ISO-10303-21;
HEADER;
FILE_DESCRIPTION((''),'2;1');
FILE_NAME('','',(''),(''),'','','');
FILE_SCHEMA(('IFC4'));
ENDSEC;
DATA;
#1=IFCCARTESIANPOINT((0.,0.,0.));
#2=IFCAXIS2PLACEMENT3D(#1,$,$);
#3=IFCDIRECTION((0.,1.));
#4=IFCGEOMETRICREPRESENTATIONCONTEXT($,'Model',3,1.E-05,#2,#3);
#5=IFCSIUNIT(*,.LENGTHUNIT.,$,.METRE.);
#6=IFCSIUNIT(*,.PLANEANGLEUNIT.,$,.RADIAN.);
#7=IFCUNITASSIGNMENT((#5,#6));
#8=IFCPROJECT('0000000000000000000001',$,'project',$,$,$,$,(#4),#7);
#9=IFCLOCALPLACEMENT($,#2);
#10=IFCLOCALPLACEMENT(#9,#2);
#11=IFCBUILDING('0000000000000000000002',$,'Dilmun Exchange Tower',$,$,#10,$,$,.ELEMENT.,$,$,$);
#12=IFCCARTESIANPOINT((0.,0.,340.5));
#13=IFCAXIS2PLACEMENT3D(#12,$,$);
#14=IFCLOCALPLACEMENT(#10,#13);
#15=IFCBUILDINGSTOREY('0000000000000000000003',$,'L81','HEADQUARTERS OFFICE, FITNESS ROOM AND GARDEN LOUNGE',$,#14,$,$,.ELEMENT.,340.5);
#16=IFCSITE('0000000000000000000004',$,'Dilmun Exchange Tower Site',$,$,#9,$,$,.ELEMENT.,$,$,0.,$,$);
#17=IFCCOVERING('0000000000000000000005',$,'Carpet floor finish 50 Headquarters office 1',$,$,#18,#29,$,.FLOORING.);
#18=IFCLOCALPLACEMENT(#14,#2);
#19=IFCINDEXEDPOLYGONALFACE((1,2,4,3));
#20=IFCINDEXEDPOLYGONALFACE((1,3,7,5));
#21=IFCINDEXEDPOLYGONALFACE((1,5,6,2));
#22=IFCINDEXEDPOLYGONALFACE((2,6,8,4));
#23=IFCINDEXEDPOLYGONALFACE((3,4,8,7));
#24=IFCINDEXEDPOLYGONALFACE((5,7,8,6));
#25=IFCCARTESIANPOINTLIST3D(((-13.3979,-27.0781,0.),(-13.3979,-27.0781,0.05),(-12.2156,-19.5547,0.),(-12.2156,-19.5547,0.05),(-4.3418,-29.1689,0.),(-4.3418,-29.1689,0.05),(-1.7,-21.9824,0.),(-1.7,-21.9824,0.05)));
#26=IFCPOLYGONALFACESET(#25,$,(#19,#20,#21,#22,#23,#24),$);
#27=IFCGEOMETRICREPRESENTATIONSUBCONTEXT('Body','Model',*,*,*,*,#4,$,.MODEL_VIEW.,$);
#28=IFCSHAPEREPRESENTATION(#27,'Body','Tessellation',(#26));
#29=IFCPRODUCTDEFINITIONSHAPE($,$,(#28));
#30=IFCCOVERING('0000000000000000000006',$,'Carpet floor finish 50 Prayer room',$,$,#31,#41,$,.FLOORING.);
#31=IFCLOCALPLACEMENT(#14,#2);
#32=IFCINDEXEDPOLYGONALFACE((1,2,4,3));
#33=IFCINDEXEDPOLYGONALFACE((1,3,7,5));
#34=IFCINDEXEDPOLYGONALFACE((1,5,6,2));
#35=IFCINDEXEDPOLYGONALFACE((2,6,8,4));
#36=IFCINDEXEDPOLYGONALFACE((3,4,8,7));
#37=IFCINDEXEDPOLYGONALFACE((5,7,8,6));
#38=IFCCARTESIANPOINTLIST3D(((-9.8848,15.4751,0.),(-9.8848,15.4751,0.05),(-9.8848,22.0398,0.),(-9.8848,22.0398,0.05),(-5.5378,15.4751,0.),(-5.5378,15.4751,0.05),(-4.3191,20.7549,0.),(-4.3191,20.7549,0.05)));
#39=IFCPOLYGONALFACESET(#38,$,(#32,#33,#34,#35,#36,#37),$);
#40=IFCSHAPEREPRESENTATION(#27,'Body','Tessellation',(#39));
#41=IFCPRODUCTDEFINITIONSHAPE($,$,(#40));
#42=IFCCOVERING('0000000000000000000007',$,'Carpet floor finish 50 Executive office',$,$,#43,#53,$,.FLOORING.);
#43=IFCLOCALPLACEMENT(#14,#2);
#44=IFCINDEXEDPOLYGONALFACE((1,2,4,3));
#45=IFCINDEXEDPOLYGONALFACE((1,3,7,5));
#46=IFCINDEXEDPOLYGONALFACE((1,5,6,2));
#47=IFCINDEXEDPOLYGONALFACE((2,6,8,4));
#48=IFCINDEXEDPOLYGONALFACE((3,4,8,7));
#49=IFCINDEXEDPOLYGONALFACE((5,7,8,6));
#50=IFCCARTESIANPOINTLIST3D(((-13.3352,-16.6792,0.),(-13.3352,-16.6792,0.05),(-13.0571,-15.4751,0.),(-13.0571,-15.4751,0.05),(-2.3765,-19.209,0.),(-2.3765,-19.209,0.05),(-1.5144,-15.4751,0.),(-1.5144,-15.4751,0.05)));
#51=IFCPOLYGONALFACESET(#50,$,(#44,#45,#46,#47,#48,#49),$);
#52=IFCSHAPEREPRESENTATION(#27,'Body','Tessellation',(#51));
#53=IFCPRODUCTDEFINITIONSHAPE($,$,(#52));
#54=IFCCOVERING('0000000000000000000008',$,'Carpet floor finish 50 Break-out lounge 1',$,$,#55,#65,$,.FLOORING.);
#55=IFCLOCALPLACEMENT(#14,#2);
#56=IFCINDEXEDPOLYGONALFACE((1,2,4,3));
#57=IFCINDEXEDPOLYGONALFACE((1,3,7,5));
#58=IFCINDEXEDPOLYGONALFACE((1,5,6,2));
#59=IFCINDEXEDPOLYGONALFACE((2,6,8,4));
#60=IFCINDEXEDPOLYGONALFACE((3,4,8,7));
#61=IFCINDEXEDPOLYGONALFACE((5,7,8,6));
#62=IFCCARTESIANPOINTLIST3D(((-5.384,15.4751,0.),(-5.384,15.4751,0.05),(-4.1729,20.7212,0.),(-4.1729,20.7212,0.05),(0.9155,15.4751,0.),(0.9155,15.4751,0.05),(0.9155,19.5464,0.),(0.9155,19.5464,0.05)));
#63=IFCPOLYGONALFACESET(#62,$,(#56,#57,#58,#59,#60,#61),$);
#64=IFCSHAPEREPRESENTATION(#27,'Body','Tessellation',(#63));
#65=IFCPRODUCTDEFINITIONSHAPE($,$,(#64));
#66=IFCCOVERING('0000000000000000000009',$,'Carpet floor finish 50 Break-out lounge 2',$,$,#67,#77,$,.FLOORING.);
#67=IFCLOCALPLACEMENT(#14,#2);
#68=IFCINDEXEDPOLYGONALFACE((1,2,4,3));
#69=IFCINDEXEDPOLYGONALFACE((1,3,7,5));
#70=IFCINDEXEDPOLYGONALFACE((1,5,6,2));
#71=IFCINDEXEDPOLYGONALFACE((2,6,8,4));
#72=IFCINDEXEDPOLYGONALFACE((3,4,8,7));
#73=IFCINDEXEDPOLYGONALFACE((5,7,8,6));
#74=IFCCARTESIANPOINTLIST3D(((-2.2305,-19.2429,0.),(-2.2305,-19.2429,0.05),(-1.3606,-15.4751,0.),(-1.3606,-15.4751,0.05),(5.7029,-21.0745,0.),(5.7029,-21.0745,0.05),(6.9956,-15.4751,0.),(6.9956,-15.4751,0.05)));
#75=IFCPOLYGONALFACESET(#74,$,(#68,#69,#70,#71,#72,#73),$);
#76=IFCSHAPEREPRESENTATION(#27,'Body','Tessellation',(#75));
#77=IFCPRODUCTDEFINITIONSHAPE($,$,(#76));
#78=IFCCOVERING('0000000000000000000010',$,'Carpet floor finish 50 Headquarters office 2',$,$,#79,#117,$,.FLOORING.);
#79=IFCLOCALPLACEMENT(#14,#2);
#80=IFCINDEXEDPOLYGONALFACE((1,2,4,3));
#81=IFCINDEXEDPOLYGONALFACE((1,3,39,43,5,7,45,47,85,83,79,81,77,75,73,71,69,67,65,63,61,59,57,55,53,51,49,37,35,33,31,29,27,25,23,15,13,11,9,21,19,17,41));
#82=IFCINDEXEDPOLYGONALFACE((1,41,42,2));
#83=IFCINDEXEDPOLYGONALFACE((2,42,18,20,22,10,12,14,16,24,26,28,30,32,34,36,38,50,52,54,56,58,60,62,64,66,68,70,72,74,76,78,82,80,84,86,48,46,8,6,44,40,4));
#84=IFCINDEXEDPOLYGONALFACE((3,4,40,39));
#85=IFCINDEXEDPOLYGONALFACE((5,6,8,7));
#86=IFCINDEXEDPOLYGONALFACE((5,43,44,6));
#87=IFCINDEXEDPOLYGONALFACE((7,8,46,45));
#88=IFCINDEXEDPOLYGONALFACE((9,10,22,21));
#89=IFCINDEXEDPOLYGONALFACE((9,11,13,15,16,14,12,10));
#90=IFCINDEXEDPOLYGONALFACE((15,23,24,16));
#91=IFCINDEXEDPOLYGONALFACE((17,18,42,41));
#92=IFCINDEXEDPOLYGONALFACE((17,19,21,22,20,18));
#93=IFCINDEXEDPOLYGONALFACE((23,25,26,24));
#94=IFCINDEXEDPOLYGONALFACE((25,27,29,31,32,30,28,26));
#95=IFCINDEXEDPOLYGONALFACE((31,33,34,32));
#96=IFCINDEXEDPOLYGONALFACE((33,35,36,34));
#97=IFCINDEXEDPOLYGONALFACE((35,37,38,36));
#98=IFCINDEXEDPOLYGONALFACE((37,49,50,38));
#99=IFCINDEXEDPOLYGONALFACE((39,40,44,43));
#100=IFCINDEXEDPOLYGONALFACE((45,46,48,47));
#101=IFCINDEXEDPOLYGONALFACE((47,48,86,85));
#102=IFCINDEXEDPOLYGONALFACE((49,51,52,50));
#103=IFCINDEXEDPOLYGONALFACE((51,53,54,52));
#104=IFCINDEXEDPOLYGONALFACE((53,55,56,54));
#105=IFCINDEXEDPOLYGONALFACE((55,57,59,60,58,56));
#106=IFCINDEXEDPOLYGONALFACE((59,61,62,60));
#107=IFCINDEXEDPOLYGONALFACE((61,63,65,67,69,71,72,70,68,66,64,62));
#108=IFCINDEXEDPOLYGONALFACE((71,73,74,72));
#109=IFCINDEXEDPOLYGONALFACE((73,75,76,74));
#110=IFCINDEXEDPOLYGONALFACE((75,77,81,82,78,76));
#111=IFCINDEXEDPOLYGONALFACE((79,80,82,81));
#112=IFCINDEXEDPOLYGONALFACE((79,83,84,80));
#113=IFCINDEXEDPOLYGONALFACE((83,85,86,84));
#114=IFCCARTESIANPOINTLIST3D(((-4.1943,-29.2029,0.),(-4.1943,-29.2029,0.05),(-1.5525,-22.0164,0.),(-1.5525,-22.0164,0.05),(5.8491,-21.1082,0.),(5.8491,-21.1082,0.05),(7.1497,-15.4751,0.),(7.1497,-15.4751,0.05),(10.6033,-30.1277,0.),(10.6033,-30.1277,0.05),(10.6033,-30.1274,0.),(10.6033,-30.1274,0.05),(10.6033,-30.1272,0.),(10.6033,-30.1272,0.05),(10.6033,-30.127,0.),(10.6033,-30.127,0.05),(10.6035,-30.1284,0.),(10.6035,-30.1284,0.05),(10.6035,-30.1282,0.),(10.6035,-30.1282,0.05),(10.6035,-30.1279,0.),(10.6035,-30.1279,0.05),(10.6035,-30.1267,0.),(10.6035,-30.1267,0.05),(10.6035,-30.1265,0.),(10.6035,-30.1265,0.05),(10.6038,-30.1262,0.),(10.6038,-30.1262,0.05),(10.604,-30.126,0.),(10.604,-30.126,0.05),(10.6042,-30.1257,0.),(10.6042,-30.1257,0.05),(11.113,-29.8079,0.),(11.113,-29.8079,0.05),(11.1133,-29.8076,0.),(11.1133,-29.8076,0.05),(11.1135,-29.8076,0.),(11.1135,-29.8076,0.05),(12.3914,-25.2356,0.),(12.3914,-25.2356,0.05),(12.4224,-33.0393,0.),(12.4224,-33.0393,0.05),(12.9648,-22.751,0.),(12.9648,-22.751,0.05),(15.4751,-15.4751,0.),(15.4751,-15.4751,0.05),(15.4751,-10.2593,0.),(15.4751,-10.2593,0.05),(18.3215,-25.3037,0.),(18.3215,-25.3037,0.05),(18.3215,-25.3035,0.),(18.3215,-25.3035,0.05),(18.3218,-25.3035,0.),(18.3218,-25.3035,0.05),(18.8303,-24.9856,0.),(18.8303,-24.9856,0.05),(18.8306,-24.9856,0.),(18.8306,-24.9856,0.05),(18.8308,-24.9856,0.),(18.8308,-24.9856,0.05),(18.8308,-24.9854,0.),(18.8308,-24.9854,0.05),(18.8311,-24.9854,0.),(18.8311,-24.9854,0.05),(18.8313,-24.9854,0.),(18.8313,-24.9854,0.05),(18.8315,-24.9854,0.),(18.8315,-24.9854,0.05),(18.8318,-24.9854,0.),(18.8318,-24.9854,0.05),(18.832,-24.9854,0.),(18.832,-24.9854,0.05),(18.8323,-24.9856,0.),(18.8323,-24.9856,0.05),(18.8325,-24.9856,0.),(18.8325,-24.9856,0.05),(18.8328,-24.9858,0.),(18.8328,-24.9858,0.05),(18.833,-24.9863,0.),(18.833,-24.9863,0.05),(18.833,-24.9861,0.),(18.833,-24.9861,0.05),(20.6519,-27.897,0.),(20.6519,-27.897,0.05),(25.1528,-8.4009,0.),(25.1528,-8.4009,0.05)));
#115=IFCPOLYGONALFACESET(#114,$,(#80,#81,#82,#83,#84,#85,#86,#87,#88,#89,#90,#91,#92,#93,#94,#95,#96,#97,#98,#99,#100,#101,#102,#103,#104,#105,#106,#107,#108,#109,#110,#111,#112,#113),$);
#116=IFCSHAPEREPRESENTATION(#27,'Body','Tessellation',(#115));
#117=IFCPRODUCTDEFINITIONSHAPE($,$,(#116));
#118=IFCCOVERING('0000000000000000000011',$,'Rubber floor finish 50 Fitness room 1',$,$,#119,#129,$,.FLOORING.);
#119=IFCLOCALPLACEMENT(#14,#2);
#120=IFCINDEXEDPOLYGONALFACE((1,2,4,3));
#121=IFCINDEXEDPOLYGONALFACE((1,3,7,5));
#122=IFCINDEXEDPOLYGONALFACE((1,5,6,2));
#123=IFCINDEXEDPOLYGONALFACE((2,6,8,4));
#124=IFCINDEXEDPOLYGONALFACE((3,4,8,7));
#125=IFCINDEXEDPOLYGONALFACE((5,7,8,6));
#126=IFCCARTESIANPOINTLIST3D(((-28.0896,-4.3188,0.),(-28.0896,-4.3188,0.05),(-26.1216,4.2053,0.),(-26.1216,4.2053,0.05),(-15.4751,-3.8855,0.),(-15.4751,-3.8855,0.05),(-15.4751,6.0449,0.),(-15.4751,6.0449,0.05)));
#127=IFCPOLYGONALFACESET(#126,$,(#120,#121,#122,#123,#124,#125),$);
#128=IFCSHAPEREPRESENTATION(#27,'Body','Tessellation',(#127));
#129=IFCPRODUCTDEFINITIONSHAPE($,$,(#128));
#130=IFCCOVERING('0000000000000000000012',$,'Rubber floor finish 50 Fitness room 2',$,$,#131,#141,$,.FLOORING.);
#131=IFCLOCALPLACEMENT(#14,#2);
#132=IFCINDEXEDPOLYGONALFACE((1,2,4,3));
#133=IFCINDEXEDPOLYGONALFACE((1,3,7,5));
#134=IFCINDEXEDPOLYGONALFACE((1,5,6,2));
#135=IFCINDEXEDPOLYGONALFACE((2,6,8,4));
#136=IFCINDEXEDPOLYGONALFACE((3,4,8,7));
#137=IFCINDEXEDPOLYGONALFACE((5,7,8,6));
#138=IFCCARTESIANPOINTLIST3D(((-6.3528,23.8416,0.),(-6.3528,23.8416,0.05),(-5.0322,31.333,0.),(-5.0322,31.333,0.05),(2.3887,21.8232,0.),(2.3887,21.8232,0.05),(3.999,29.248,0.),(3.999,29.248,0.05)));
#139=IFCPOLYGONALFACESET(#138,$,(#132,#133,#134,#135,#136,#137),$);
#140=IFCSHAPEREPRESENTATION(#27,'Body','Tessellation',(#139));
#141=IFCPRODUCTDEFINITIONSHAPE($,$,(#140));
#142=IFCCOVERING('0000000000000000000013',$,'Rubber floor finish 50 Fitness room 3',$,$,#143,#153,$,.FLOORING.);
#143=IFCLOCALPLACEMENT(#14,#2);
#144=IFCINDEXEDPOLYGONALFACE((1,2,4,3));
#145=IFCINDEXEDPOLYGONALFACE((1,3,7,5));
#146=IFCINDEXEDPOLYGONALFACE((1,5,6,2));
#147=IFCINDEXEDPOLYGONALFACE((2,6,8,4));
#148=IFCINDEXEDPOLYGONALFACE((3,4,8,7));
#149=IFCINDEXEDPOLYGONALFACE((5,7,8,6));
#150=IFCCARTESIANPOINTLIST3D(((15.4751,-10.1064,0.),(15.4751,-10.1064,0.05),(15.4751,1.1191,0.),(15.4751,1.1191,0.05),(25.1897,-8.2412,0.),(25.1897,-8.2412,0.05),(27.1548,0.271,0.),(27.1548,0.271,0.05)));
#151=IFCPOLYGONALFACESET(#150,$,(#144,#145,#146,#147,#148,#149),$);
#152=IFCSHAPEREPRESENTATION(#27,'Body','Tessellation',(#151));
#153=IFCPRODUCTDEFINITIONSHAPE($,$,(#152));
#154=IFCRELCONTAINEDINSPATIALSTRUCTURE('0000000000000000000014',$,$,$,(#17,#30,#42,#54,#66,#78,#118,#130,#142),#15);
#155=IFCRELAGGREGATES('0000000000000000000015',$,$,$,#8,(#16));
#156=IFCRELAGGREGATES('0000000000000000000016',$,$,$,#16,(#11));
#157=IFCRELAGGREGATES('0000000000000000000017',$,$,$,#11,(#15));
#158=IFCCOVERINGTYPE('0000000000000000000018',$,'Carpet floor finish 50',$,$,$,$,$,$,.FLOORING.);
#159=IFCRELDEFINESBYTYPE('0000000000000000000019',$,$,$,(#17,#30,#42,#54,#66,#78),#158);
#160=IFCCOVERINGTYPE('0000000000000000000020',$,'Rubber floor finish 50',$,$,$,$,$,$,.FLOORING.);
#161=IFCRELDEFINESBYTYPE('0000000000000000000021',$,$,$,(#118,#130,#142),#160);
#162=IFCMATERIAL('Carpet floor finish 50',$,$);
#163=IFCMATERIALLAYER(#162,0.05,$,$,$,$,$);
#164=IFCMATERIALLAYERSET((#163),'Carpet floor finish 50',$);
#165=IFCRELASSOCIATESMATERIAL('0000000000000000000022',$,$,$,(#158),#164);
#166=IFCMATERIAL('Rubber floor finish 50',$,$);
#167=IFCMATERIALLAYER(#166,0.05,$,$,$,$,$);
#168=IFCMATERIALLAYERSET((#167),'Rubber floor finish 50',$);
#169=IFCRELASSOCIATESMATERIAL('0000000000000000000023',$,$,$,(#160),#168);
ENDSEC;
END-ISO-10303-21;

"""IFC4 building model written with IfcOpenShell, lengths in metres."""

from ifc_helpers import new_model, si_unit, direction, frame, origin, place, context, subcontext, project, spatial, polyline, outline, extrude, material, layer, layer_set, type_object, element, save


model = new_model("IFC4")

# Units and contexts
model_context = context("Model", 3, precision=1e-05, world=origin(), true_north=direction((0.0, 1.0)))
body_context = subcontext(model_context, "Body", "Model", "MODEL_VIEW")
ifc_project = project(units=[si_unit("LENGTHUNIT", "METRE"), si_unit("PLANEANGLEUNIT", "RADIAN")], contexts=[model_context])

# Site, building, storey
site_placement = place(None, origin())
site = spatial("IfcSite", under=ifc_project, at=site_placement, Name="Dilmun Exchange Tower Site", CompositionType="ELEMENT", RefElevation=0.0)
building_placement = place(site_placement, origin())
building = spatial("IfcBuilding", under=site, at=building_placement, Name="Dilmun Exchange Tower", CompositionType="ELEMENT")
storey_placement = place(building_placement, frame((0.0, 0.0, 340.5)))
storey = spatial("IfcBuildingStorey", under=building, at=storey_placement, Name="L81", Description="HEADQUARTERS OFFICE, FITNESS ROOM AND GARDEN LOUNGE", CompositionType="ELEMENT", Elevation=340.5)

# Coverings
ifc_material_1 = material(Name="Carpet floor finish 50")
ifc_layer_1 = layer(ifc_material_1, 0.05)
ifc_layer_set_1 = layer_set([ifc_layer_1], Name="Carpet floor finish 50")
covering_type_1 = type_object("IfcCoveringType", Name="Carpet floor finish 50", PredefinedType="FLOORING", material=ifc_layer_set_1)
covering_1_placement = place(storey_placement, origin())
element("IfcCovering", 1, at=covering_1_placement, inside=storey, type_object=covering_type_1, Name="Carpet floor finish 50 Headquarters office 1", PredefinedType="FLOORING", context=body_context, shape_type="SweptSolid", body=[
    extrude(outline(polyline([(-12.2156, -19.5547), (-1.7, -21.9824), (-4.3418, -29.1689), (-13.3979, -27.0781), (-12.2156, -19.5547)])), origin(), (0.0, 0.0, 1.0), 0.05),
])
covering_2_placement = place(storey_placement, origin())
element("IfcCovering", 2, at=covering_2_placement, inside=storey, type_object=covering_type_1, Name="Carpet floor finish 50 Prayer room", PredefinedType="FLOORING", context=body_context, shape_type="SweptSolid", body=[
    extrude(outline(polyline([(-5.5378, 15.4751), (-9.8848, 15.4751), (-9.8848, 22.0398), (-4.3191, 20.7549), (-5.5378, 15.4751)])), origin(), (0.0, 0.0, 1.0), 0.05),
])
covering_3_placement = place(storey_placement, origin())
element("IfcCovering", 3, at=covering_3_placement, inside=storey, type_object=covering_type_1, Name="Carpet floor finish 50 Executive office", PredefinedType="FLOORING", context=body_context, shape_type="SweptSolid", body=[
    extrude(outline(polyline([(-13.3352, -16.6792), (-13.0571, -15.4751), (-1.5144, -15.4751), (-2.3765, -19.209), (-13.3352, -16.6792)])), origin(), (0.0, 0.0, 1.0), 0.05),
])
covering_4_placement = place(storey_placement, origin())
element("IfcCovering", 4, at=covering_4_placement, inside=storey, type_object=covering_type_1, Name="Carpet floor finish 50 Break-out lounge 1", PredefinedType="FLOORING", context=body_context, shape_type="SweptSolid", body=[
    extrude(outline(polyline([(0.9155, 15.4751), (-5.384, 15.4751), (-4.1729, 20.7212), (0.9155, 19.5464), (0.9155, 15.4751)])), origin(), (0.0, 0.0, 1.0), 0.05),
])
covering_5_placement = place(storey_placement, origin())
element("IfcCovering", 5, at=covering_5_placement, inside=storey, type_object=covering_type_1, Name="Carpet floor finish 50 Break-out lounge 2", PredefinedType="FLOORING", context=body_context, shape_type="SweptSolid", body=[
    extrude(outline(polyline([(-2.2305, -19.2429), (-1.3606, -15.4751), (6.9956, -15.4751), (5.7029, -21.0745), (-2.2305, -19.2429)])), origin(), (0.0, 0.0, 1.0), 0.05),
])
covering_6_placement = place(storey_placement, origin())
element("IfcCovering", 6, at=covering_6_placement, inside=storey, type_object=covering_type_1, Name="Carpet floor finish 50 Headquarters office 2", PredefinedType="FLOORING", context=body_context, shape_type="SweptSolid", body=[
    extrude(outline(polyline([(-1.5525, -22.0164), (12.3914, -25.2356), (12.9648, -22.751), (5.8491, -21.1082), (7.1497, -15.4751), (15.4751, -15.4751), (15.4751, -10.2593), (25.1528, -8.4009), (20.6519, -27.897), (18.833, -24.9863), (18.833, -24.9861), (18.833, -24.9861), (18.8328, -24.9858), (18.8325, -24.9856), (18.8325, -24.9856), (18.8323, -24.9856), (18.832, -24.9854), (18.8318, -24.9854), (18.8318, -24.9854), (18.8315, -24.9854), (18.8313, -24.9854), (18.8311, -24.9854), (18.8308, -24.9854), (18.8308, -24.9856), (18.8306, -24.9856), (18.8303, -24.9856), (18.3218, -25.3035), (18.3215, -25.3035), (18.3215, -25.3037), (11.1135, -29.8076), (11.1133, -29.8076), (11.1133, -29.8076), (11.113, -29.8079), (10.6042, -30.1257), (10.604, -30.126), (10.604, -30.126), (10.6038, -30.1262), (10.6038, -30.1262), (10.6035, -30.1265), (10.6035, -30.1267), (10.6035, -30.1267), (10.6033, -30.127), (10.6033, -30.1272), (10.6033, -30.1274), (10.6033, -30.1277), (10.6033, -30.1277), (10.6035, -30.1279), (10.6035, -30.1282), (10.6035, -30.1284), (10.6035, -30.1284), (12.4224, -33.0393), (-4.1943, -29.2029), (-1.5525, -22.0164)])), origin(), (0.0, 0.0, 1.0), 0.05),
])
ifc_material_2 = material(Name="Rubber floor finish 50")
ifc_layer_2 = layer(ifc_material_2, 0.05)
ifc_layer_set_2 = layer_set([ifc_layer_2], Name="Rubber floor finish 50")
covering_type_2 = type_object("IfcCoveringType", Name="Rubber floor finish 50", PredefinedType="FLOORING", material=ifc_layer_set_2)
covering_7_placement = place(storey_placement, origin())
element("IfcCovering", 7, at=covering_7_placement, inside=storey, type_object=covering_type_2, Name="Rubber floor finish 50 Fitness room 1", PredefinedType="FLOORING", context=body_context, shape_type="SweptSolid", body=[
    extrude(outline(polyline([(-15.4751, 6.0449), (-15.4751, -3.8855), (-28.0896, -4.3188), (-26.1216, 4.2053), (-15.4751, 6.0449)])), origin(), (0.0, 0.0, 1.0), 0.05),
])
covering_8_placement = place(storey_placement, origin())
element("IfcCovering", 8, at=covering_8_placement, inside=storey, type_object=covering_type_2, Name="Rubber floor finish 50 Fitness room 2", PredefinedType="FLOORING", context=body_context, shape_type="SweptSolid", body=[
    extrude(outline(polyline([(2.3887, 21.8232), (-6.3528, 23.8416), (-5.0322, 31.333), (3.999, 29.248), (2.3887, 21.8232)])), origin(), (0.0, 0.0, 1.0), 0.05),
])
covering_9_placement = place(storey_placement, origin())
element("IfcCovering", 9, at=covering_9_placement, inside=storey, type_object=covering_type_2, Name="Rubber floor finish 50 Fitness room 3", PredefinedType="FLOORING", context=body_context, shape_type="SweptSolid", body=[
    extrude(outline(polyline([(15.4751, -10.1064), (15.4751, 1.1191), (27.1548, 0.271), (25.1897, -8.2412), (15.4751, -10.1064)])), origin(), (0.0, 0.0, 1.0), 0.05),
])

save(model, "model.ifc")
